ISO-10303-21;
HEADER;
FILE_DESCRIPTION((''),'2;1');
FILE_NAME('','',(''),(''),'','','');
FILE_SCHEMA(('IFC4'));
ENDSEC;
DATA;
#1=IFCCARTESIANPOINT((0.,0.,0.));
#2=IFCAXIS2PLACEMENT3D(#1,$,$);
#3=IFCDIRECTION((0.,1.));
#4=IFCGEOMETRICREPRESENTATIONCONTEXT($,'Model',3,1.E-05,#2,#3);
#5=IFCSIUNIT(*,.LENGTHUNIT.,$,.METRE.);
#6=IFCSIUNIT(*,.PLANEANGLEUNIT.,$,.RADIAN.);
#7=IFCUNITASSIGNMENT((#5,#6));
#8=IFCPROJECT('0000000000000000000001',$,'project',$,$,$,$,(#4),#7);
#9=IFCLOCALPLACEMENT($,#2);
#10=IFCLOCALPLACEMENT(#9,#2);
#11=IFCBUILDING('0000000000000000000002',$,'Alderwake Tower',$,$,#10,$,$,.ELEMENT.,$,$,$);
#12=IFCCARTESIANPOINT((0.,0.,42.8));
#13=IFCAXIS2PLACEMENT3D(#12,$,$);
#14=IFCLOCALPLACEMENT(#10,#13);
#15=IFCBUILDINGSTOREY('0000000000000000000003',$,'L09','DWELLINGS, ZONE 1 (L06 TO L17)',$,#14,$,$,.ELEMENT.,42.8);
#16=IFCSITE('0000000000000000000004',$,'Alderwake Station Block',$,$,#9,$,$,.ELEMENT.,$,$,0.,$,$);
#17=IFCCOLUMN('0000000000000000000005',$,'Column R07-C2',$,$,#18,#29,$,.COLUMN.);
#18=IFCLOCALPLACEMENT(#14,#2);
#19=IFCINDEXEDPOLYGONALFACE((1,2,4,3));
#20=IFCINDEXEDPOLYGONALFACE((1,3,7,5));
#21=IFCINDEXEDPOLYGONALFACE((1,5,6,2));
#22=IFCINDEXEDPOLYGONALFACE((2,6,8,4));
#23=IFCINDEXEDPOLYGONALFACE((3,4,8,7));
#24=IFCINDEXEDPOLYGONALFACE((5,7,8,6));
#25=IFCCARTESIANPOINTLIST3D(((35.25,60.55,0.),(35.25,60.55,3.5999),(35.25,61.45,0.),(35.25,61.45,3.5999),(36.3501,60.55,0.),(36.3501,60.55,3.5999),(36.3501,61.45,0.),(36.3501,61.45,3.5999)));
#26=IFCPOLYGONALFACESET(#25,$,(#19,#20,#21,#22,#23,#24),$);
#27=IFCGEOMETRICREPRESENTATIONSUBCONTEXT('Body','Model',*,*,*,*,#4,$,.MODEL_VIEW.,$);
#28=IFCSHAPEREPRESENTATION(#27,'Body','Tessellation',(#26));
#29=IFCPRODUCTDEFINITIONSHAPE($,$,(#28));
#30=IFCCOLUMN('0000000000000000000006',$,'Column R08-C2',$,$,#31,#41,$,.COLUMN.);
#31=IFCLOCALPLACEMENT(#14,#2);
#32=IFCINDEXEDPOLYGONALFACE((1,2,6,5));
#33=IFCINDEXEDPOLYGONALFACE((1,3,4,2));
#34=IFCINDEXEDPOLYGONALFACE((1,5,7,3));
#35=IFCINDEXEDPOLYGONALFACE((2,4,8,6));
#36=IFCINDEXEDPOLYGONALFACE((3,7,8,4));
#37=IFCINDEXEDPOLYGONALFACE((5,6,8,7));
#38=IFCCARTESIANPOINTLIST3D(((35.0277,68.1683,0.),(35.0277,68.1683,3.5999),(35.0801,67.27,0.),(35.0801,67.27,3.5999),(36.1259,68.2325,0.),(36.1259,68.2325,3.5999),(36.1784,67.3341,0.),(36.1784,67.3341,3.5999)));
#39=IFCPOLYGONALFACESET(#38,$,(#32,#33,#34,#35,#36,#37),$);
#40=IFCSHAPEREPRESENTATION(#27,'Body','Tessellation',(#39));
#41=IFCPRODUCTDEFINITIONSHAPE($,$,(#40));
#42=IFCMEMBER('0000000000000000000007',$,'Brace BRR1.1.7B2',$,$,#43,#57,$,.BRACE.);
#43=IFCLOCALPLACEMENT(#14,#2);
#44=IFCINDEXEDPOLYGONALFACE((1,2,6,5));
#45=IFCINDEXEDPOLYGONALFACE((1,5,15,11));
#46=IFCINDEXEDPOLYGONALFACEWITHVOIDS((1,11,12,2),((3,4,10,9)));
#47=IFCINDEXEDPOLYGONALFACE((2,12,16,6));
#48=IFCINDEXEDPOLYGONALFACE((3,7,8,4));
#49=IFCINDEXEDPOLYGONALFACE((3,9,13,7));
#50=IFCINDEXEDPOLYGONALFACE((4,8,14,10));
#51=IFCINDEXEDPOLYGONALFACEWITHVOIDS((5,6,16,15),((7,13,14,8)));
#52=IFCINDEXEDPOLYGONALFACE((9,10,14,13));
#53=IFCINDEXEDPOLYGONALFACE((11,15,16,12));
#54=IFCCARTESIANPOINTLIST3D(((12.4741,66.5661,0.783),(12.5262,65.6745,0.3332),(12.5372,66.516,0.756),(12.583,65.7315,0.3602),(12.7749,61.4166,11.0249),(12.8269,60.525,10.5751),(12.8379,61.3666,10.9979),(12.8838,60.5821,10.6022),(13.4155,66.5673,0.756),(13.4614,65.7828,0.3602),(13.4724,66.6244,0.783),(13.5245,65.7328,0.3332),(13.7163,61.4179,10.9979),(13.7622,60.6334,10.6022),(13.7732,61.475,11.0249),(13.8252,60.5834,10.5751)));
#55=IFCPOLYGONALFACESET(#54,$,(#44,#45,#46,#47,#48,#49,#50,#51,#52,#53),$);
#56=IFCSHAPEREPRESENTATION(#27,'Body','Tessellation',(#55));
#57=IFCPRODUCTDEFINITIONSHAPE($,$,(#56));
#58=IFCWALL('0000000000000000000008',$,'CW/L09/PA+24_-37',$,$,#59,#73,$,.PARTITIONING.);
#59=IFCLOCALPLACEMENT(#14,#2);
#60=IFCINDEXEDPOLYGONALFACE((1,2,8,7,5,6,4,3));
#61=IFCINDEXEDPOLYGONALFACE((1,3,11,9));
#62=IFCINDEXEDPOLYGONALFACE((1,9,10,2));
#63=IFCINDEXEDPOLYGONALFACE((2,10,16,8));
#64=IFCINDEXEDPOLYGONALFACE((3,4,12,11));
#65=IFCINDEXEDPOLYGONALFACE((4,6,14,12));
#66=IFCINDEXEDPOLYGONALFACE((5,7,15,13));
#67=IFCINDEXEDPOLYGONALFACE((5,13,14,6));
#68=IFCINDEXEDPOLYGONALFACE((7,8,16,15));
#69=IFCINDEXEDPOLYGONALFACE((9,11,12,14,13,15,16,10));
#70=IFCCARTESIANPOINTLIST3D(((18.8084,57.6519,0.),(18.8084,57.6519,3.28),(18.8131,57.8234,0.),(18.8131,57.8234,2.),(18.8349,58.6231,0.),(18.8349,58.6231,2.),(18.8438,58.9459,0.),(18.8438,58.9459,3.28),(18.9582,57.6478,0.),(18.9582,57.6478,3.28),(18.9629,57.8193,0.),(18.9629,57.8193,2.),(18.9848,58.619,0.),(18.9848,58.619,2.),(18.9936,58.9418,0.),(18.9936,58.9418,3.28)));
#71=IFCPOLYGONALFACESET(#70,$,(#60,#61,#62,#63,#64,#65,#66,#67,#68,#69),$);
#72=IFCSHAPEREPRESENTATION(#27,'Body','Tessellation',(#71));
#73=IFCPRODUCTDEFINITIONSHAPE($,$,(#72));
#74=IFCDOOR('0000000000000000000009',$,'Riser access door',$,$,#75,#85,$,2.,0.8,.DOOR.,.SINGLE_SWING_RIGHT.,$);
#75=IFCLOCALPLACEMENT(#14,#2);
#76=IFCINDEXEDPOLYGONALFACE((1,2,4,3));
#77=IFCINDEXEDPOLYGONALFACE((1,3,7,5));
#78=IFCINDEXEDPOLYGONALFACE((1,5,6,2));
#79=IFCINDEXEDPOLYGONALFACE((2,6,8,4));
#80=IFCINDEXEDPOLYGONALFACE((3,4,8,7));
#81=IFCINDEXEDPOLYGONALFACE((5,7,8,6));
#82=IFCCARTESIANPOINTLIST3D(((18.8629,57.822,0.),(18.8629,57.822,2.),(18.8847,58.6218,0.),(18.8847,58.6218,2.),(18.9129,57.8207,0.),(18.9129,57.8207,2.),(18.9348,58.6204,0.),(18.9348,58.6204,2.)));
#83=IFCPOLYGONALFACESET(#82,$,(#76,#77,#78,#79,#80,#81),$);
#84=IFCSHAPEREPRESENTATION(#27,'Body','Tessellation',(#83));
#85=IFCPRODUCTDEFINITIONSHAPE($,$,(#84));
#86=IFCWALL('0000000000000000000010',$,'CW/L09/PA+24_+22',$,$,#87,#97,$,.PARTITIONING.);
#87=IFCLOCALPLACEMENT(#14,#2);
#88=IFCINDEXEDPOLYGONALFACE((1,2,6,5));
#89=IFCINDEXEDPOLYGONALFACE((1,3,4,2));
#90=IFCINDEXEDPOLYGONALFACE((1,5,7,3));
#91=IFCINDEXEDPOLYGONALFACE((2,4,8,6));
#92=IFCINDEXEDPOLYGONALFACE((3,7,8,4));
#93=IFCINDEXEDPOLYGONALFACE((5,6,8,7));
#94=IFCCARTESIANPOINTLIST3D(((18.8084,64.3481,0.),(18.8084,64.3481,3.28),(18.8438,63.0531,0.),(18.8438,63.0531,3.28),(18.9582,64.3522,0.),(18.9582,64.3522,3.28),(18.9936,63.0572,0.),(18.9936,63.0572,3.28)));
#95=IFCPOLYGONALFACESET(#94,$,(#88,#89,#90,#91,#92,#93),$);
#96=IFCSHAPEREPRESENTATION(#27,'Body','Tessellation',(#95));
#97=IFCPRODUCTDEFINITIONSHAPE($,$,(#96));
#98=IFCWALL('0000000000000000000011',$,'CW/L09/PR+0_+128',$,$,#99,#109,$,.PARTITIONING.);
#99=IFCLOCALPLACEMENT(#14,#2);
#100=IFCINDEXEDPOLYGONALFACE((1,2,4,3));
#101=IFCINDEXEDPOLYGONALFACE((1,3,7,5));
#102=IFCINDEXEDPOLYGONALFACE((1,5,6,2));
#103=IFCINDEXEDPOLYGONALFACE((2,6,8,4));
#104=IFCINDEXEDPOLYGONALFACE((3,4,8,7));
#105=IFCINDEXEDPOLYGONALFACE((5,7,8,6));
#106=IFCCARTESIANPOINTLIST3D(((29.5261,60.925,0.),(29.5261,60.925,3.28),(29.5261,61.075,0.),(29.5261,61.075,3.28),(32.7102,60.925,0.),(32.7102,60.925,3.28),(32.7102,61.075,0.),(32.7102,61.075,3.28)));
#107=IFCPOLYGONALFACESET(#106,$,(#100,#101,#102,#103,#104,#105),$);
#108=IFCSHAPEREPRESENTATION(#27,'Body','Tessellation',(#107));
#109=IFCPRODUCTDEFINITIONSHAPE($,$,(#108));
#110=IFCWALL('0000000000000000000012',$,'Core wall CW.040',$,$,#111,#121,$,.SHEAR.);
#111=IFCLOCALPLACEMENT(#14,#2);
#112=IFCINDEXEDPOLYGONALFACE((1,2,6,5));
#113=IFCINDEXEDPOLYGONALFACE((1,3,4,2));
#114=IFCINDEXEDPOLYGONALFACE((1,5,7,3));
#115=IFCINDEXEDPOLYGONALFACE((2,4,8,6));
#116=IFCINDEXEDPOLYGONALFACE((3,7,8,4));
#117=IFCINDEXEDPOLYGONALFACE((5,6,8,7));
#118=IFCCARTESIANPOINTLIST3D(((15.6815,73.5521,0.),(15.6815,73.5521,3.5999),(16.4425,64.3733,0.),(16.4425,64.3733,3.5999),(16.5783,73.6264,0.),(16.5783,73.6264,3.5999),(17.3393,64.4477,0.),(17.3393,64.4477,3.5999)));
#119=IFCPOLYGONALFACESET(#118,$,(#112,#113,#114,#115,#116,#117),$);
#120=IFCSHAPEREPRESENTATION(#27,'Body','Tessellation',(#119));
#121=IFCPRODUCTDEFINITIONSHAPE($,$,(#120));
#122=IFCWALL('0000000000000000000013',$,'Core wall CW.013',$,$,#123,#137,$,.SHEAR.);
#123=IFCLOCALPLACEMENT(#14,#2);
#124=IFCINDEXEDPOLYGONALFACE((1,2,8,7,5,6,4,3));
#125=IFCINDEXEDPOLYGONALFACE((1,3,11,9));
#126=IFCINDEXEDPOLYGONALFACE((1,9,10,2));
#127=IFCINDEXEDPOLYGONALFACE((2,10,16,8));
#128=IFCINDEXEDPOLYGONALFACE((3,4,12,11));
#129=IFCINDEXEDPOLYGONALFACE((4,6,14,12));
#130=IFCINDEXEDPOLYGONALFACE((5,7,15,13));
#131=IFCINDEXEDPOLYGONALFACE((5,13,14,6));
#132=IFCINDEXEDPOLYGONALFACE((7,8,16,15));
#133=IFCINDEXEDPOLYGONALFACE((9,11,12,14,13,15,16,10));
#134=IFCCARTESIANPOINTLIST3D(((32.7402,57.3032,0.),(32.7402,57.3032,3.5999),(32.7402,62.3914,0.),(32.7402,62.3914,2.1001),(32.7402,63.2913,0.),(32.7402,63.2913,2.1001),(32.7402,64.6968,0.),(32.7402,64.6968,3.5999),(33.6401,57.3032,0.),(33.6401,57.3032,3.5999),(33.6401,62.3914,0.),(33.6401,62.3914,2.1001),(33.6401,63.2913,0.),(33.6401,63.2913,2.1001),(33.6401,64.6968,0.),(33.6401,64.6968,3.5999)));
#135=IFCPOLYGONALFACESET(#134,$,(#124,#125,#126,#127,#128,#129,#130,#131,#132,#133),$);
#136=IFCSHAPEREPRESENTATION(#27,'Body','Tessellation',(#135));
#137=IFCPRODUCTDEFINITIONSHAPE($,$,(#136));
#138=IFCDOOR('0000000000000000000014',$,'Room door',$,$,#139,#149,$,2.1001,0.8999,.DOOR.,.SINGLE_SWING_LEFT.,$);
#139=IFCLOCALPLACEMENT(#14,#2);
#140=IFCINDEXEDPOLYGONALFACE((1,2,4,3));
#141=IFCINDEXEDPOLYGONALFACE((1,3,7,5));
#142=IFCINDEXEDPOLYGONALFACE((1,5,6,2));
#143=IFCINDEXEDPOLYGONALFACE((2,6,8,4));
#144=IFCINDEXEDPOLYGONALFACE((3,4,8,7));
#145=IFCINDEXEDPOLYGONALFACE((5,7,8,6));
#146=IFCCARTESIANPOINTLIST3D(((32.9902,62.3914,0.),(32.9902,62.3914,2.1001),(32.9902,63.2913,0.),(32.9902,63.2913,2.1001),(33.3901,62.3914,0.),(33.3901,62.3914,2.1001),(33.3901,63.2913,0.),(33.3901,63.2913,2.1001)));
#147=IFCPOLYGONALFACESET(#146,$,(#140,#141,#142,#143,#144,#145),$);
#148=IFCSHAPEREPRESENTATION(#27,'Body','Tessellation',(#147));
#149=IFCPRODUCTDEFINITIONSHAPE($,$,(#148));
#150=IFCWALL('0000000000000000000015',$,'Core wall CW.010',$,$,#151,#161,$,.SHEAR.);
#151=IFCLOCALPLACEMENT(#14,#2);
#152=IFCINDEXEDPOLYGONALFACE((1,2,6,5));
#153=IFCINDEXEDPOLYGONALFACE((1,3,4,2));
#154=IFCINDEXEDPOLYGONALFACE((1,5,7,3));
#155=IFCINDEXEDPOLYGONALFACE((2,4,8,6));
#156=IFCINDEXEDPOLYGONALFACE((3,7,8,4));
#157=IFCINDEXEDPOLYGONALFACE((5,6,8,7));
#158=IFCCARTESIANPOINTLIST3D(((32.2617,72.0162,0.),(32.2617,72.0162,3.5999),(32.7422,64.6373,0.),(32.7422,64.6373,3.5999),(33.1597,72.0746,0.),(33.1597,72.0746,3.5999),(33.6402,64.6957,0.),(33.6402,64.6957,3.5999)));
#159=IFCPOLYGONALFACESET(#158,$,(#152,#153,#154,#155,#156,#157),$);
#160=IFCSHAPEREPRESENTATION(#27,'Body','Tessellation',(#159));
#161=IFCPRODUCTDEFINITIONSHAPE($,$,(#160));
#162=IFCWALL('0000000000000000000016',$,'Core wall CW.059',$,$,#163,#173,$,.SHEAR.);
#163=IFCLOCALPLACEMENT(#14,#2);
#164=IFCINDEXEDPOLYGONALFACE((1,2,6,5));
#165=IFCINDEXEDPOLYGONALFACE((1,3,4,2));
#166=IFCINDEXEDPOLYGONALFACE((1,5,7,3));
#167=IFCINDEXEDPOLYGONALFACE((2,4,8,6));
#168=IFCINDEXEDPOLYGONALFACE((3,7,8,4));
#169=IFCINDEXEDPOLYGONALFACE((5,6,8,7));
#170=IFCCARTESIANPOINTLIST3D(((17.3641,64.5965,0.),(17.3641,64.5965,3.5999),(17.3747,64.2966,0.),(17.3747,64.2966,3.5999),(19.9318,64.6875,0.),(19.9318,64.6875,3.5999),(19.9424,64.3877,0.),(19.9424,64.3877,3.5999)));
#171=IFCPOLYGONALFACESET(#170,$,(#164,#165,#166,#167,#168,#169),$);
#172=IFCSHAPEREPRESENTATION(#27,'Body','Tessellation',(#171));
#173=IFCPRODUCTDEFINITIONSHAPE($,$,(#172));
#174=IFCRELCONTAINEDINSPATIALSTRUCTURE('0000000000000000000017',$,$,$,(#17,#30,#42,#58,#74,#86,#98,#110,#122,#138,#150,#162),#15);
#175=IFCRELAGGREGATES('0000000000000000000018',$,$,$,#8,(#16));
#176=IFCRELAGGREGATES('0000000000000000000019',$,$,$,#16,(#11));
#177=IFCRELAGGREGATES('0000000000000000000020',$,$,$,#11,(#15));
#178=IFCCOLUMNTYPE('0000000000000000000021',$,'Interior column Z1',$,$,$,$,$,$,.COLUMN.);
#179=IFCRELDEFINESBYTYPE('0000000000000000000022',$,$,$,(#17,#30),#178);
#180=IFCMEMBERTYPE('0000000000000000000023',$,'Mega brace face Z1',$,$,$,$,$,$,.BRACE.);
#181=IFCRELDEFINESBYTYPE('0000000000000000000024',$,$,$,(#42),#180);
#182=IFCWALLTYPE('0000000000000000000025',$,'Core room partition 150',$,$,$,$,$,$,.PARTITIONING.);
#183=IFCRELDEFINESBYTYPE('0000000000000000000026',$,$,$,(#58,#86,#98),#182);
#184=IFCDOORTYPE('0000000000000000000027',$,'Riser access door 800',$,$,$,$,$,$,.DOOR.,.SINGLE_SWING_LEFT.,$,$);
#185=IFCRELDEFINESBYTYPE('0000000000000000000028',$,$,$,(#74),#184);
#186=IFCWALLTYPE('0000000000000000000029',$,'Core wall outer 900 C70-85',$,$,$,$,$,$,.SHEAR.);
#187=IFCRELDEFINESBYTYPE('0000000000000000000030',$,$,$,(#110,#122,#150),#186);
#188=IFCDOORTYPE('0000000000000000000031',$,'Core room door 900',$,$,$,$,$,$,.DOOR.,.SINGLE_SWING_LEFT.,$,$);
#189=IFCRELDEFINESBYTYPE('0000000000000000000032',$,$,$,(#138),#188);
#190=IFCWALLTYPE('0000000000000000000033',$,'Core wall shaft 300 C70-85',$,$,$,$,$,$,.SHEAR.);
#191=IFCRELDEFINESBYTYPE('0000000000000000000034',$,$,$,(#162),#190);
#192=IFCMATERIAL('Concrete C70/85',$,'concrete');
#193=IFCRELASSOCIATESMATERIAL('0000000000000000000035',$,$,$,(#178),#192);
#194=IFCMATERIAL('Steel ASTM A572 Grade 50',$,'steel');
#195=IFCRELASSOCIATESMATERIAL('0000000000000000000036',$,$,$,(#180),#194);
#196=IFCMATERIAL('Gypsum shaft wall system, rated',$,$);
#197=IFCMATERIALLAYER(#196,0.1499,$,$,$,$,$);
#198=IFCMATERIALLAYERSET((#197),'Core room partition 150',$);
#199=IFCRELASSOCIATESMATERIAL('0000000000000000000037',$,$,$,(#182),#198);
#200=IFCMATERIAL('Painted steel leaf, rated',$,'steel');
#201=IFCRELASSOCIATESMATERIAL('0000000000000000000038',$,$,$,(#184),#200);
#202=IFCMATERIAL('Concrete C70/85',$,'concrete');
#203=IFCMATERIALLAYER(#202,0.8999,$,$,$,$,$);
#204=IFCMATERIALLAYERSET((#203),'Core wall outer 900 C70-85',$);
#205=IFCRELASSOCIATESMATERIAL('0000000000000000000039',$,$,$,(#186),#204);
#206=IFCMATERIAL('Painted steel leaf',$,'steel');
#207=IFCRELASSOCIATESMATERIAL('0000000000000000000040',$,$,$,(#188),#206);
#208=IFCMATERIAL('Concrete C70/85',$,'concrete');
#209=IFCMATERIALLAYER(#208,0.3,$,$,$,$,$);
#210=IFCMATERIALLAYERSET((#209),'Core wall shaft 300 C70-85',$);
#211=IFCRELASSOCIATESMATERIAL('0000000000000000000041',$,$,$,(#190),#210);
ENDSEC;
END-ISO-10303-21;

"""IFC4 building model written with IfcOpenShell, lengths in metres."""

from ifc_helpers import new_model, si_unit, direction, frame, frame_2d, origin, origin_2d, place, context, subcontext, project, spatial, rectangle, hollow_rectangle, extrude, material, layer, layer_set, material_profile, profile_set, type_object, element, fill, save


model = new_model("IFC4")

# Units and contexts
model_context = context("Model", 3, precision=1e-05, world=origin(), true_north=direction((0.0, 1.0)))
body_context = subcontext(model_context, "Body", "Model", "MODEL_VIEW")
ifc_project = project(units=[si_unit("LENGTHUNIT", "METRE"), si_unit("PLANEANGLEUNIT", "RADIAN")], contexts=[model_context])

# Site, building, storey
site_placement = place(None, origin())
site = spatial("IfcSite", under=ifc_project, at=site_placement, Name="Alderwake Station Block", CompositionType="ELEMENT", RefElevation=0.0)
building_placement = place(site_placement, origin())
building = spatial("IfcBuilding", under=site, at=building_placement, Name="Alderwake Tower", CompositionType="ELEMENT")
storey_placement = place(building_placement, frame((0.0, 0.0, 42.8)))
storey = spatial("IfcBuildingStorey", under=building, at=storey_placement, Name="L09", Description="DWELLINGS, ZONE 1 (L06 TO L17)", CompositionType="ELEMENT", Elevation=42.8)

# Columns
ifc_material_1 = material(Name="Concrete C70/85", Category="concrete")
ifc_material_profile_1 = material_profile(ifc_material_1, rectangle(XDim=0.8999, YDim=1.1001, at=origin_2d()), Name="RC 1100X900")
ifc_profile_set_1 = profile_set([ifc_material_profile_1], Name="Concrete C70/85")
column_type = type_object("IfcColumnType", Name="Interior column Z1", PredefinedType="COLUMN", material=ifc_profile_set_1)
for number, where, z_axis, x_axis, name in (
    (1, (35.8, 61.0, 0.0), (0.0, 0.0, 1.0), (0.0, 1.0, 0.0), "Column R07-C2"),
    (2, (35.603, 67.7512, 0.0), (0.0, 0.0, 1.0), (-0.058301, 0.998299, 0.0), "Column R08-C2"),
):
    element("IfcColumn", number, at=place(storey_placement, frame(where, z_axis=z_axis, x_axis=x_axis)), inside=storey, type_object=column_type, Name=name, PredefinedType="COLUMN", context=body_context, shape_type="SweptSolid", body=[
        extrude(rectangle(XDim=0.8999, YDim=1.1001, at=origin_2d()), origin(), (0.0, 0.0, 1.0), 3.5999),
    ])

# Member
ifc_material_2 = material(Name="Steel ASTM A572 Grade 50", Category="steel")
ifc_material_profile_2 = material_profile(ifc_material_2, hollow_rectangle(XDim=1.0, YDim=1.0, WallThickness=0.0601, at=origin_2d()), Name="BOX 1000X1000X60")
ifc_profile_set_2 = profile_set([ifc_material_profile_2], Name="Steel ASTM A572 Grade 50")
member_type = type_object("IfcMemberType", Name="Mega brace face Z1", PredefinedType="BRACE", material=ifc_profile_set_2)
member_placement = place(storey_placement, frame((12.9993, 66.1494, 0.5581), z_axis=(0.026229, -0.449043, 0.893125), x_axis=(0.998298, 0.058311, 0.0)))
element("IfcMember", 3, at=member_placement, inside=storey, type_object=member_type, Name="Brace BRR1.1.7B2", PredefinedType="BRACE", context=body_context, shape_type="SweptSolid", body=[
    extrude(hollow_rectangle(XDim=1.0, YDim=1.0, WallThickness=0.0601, at=origin_2d()), origin(), (0.0, 0.0, 1.0), 11.4675),
])

# Wall, opening, door
ifc_material_3 = material(Name="Gypsum shaft wall system, rated")
ifc_layer_1 = layer(ifc_material_3, 0.1499)
ifc_layer_set_1 = layer_set([ifc_layer_1], Name="Core room partition 150")
wall_type_1 = type_object("IfcWallType", Name="Core room partition 150", PredefinedType="PARTITIONING", material=ifc_layer_set_1)
wall_1_placement = place(storey_placement, frame((18.9187, 58.9438, 0.0), z_axis=(0.0, 0.0, 1.0), x_axis=(-0.027348, -0.999626, 0.0)))
wall_1 = element("IfcWall", 4, at=wall_1_placement, inside=storey, type_object=wall_type_1, Name="CW/L09/PA+24_-37", PredefinedType="PARTITIONING", context=body_context, shape_type="SweptSolid", body=[
    extrude(rectangle(XDim=1.2944, YDim=0.1499, at=frame_2d((0.6472, 0.0))), origin(), (0.0, 0.0, 1.0), 3.28),
])
opening_1_placement = place(wall_1_placement, frame((0.323, 0.0, 0.0)))
opening_1 = element("IfcOpeningElement", 5, at=opening_1_placement, cuts=wall_1, PredefinedType="OPENING", context=body_context, shape_type="SweptSolid", body=[
    extrude(rectangle(XDim=0.8, YDim=2.0, at=frame_2d((0.3999, 1.0))), frame((0.0, 0.085, 0.0), z_axis=(0.0, -1.0, 0.0), x_axis=(1.0, 0.0, 0.0)), (0.0, 0.0, 1.0), 0.1699),
])
ifc_material_4 = material(Name="Painted steel leaf, rated", Category="steel")
door_type_1 = type_object("IfcDoorType", Name="Riser access door 800", OperationType="SINGLE_SWING_LEFT", PredefinedType="DOOR", material=ifc_material_4)
door_1_placement = place(opening_1_placement, origin())
door_1 = element("IfcDoor", 6, at=door_1_placement, inside=storey, type_object=door_type_1, Name="Riser access door", OperationType="SINGLE_SWING_RIGHT", OverallHeight=2.0, OverallWidth=0.8, PredefinedType="DOOR", context=body_context, shape_type="SweptSolid", body=[
    extrude(rectangle(XDim=0.8, YDim=2.0, at=frame_2d((0.3999, 1.0))), frame((0.0, 0.0249, 0.0), z_axis=(0.0, -1.0, 0.0), x_axis=(1.0, 0.0, 0.0)), (0.0, 0.0, 1.0), 0.05),
])
fill(opening_1, door_1)

# Walls
wall_2_placement = place(storey_placement, frame((18.9187, 63.0552, 0.0), z_axis=(0.0, 0.0, 1.0), x_axis=(-0.027328, 0.999627, 0.0)))
element("IfcWall", 7, at=wall_2_placement, inside=storey, type_object=wall_type_1, Name="CW/L09/PA+24_+22", PredefinedType="PARTITIONING", context=body_context, shape_type="SweptSolid", body=[
    extrude(rectangle(XDim=1.2954, YDim=0.1499, at=frame_2d((0.6477, 0.0))), origin(), (0.0, 0.0, 1.0), 3.28),
])
wall_3_placement = place(storey_placement, frame((29.5261, 61.0, 0.0), z_axis=(0.0, 0.0, 1.0), x_axis=(1.0, 0.0, 0.0)))
element("IfcWall", 8, at=wall_3_placement, inside=storey, type_object=wall_type_1, Name="CW/L09/PR+0_+128", PredefinedType="PARTITIONING", context=body_context, shape_type="SweptSolid", body=[
    extrude(rectangle(XDim=3.1841, YDim=0.1499, at=frame_2d((1.592, 0.0))), origin(), (0.0, 0.0, 1.0), 3.28),
])
ifc_material_5 = material(Name="Concrete C70/85", Category="concrete")
ifc_layer_2 = layer(ifc_material_5, 0.8999)
ifc_layer_set_2 = layer_set([ifc_layer_2], Name="Core wall outer 900 C70-85")
wall_type_2 = type_object("IfcWallType", Name="Core wall outer 900 C70-85", PredefinedType="SHEAR", material=ifc_layer_set_2)
wall_4_placement = place(storey_placement, frame((16.8909, 64.4106, 0.0), z_axis=(0.0, 0.0, 1.0), x_axis=(-0.082624, 0.996581, 0.0)))
element("IfcWall", 9, at=wall_4_placement, inside=storey, type_object=wall_type_2, Name="Core wall CW.040", PredefinedType="SHEAR", context=body_context, shape_type="SweptSolid", body=[
    extrude(rectangle(XDim=9.2102, YDim=0.8999, at=frame_2d((4.605, 0.0))), origin(), (0.0, 0.0, 1.0), 3.5999),
])

# Wall, opening, door
wall_5_placement = place(storey_placement, frame((33.1902, 64.6968, 0.0), z_axis=(0.0, 0.0, 1.0), x_axis=(0.0, -1.0, 0.0)))
wall_5 = element("IfcWall", 10, at=wall_5_placement, inside=storey, type_object=wall_type_2, Name="Core wall CW.013", PredefinedType="SHEAR", context=body_context, shape_type="SweptSolid", body=[
    extrude(rectangle(XDim=7.3936, YDim=0.8999, at=frame_2d((3.6968, 0.0))), origin(), (0.0, 0.0, 1.0), 3.5999),
])
opening_2_placement = place(wall_5_placement, frame((1.4055, 0.0, 0.0)))
opening_2 = element("IfcOpeningElement", 11, at=opening_2_placement, cuts=wall_5, PredefinedType="OPENING", context=body_context, shape_type="SweptSolid", body=[
    extrude(rectangle(XDim=0.8999, YDim=2.1001, at=frame_2d((0.45, 1.05))), frame((0.0, 0.46, 0.0), z_axis=(0.0, -1.0, 0.0), x_axis=(1.0, 0.0, 0.0)), (0.0, 0.0, 1.0), 0.9199),
])
ifc_material_6 = material(Name="Painted steel leaf", Category="steel")
door_type_2 = type_object("IfcDoorType", Name="Core room door 900", OperationType="SINGLE_SWING_LEFT", PredefinedType="DOOR", material=ifc_material_6)
door_2_placement = place(opening_2_placement, origin())
door_2 = element("IfcDoor", 12, at=door_2_placement, inside=storey, type_object=door_type_2, Name="Room door", OperationType="SINGLE_SWING_LEFT", OverallHeight=2.1001, OverallWidth=0.8999, PredefinedType="DOOR", context=body_context, shape_type="SweptSolid", body=[
    extrude(rectangle(XDim=0.8999, YDim=2.1001, at=frame_2d((0.45, 1.05))), frame((0.0, 0.2, 0.0), z_axis=(0.0, -1.0, 0.0), x_axis=(1.0, 0.0, 0.0)), (0.0, 0.0, 1.0), 0.3999),
])
fill(opening_2, door_2)

# Walls
wall_6_placement = place(storey_placement, frame((33.1912, 64.6665, 0.0), z_axis=(0.0, 0.0, 1.0), x_axis=(-0.064976, 0.997887, 0.0)))
element("IfcWall", 13, at=wall_6_placement, inside=storey, type_object=wall_type_2, Name="Core wall CW.010", PredefinedType="SHEAR", context=body_context, shape_type="SweptSolid", body=[
    extrude(rectangle(XDim=7.3945, YDim=0.8999, at=frame_2d((3.6973, 0.0))), origin(), (0.0, 0.0, 1.0), 3.5999),
])
ifc_material_7 = material(Name="Concrete C70/85", Category="concrete")
ifc_layer_3 = layer(ifc_material_7, 0.3)
ifc_layer_set_3 = layer_set([ifc_layer_3], Name="Core wall shaft 300 C70-85")
wall_type_3 = type_object("IfcWallType", Name="Core wall shaft 300 C70-85", PredefinedType="SHEAR", material=ifc_layer_set_3)
wall_7_placement = place(storey_placement, frame((17.3694, 64.4465, 0.0), z_axis=(0.0, 0.0, 1.0), x_axis=(0.999372, 0.035444, 0.0)))
element("IfcWall", 14, at=wall_7_placement, inside=storey, type_object=wall_type_3, Name="Core wall CW.059", PredefinedType="SHEAR", context=body_context, shape_type="SweptSolid", body=[
    extrude(rectangle(XDim=2.5693, YDim=0.3, at=frame_2d((1.2847, 0.0))), origin(), (0.0, 0.0, 1.0), 3.5999),
])

save(model, "model.ifc")
